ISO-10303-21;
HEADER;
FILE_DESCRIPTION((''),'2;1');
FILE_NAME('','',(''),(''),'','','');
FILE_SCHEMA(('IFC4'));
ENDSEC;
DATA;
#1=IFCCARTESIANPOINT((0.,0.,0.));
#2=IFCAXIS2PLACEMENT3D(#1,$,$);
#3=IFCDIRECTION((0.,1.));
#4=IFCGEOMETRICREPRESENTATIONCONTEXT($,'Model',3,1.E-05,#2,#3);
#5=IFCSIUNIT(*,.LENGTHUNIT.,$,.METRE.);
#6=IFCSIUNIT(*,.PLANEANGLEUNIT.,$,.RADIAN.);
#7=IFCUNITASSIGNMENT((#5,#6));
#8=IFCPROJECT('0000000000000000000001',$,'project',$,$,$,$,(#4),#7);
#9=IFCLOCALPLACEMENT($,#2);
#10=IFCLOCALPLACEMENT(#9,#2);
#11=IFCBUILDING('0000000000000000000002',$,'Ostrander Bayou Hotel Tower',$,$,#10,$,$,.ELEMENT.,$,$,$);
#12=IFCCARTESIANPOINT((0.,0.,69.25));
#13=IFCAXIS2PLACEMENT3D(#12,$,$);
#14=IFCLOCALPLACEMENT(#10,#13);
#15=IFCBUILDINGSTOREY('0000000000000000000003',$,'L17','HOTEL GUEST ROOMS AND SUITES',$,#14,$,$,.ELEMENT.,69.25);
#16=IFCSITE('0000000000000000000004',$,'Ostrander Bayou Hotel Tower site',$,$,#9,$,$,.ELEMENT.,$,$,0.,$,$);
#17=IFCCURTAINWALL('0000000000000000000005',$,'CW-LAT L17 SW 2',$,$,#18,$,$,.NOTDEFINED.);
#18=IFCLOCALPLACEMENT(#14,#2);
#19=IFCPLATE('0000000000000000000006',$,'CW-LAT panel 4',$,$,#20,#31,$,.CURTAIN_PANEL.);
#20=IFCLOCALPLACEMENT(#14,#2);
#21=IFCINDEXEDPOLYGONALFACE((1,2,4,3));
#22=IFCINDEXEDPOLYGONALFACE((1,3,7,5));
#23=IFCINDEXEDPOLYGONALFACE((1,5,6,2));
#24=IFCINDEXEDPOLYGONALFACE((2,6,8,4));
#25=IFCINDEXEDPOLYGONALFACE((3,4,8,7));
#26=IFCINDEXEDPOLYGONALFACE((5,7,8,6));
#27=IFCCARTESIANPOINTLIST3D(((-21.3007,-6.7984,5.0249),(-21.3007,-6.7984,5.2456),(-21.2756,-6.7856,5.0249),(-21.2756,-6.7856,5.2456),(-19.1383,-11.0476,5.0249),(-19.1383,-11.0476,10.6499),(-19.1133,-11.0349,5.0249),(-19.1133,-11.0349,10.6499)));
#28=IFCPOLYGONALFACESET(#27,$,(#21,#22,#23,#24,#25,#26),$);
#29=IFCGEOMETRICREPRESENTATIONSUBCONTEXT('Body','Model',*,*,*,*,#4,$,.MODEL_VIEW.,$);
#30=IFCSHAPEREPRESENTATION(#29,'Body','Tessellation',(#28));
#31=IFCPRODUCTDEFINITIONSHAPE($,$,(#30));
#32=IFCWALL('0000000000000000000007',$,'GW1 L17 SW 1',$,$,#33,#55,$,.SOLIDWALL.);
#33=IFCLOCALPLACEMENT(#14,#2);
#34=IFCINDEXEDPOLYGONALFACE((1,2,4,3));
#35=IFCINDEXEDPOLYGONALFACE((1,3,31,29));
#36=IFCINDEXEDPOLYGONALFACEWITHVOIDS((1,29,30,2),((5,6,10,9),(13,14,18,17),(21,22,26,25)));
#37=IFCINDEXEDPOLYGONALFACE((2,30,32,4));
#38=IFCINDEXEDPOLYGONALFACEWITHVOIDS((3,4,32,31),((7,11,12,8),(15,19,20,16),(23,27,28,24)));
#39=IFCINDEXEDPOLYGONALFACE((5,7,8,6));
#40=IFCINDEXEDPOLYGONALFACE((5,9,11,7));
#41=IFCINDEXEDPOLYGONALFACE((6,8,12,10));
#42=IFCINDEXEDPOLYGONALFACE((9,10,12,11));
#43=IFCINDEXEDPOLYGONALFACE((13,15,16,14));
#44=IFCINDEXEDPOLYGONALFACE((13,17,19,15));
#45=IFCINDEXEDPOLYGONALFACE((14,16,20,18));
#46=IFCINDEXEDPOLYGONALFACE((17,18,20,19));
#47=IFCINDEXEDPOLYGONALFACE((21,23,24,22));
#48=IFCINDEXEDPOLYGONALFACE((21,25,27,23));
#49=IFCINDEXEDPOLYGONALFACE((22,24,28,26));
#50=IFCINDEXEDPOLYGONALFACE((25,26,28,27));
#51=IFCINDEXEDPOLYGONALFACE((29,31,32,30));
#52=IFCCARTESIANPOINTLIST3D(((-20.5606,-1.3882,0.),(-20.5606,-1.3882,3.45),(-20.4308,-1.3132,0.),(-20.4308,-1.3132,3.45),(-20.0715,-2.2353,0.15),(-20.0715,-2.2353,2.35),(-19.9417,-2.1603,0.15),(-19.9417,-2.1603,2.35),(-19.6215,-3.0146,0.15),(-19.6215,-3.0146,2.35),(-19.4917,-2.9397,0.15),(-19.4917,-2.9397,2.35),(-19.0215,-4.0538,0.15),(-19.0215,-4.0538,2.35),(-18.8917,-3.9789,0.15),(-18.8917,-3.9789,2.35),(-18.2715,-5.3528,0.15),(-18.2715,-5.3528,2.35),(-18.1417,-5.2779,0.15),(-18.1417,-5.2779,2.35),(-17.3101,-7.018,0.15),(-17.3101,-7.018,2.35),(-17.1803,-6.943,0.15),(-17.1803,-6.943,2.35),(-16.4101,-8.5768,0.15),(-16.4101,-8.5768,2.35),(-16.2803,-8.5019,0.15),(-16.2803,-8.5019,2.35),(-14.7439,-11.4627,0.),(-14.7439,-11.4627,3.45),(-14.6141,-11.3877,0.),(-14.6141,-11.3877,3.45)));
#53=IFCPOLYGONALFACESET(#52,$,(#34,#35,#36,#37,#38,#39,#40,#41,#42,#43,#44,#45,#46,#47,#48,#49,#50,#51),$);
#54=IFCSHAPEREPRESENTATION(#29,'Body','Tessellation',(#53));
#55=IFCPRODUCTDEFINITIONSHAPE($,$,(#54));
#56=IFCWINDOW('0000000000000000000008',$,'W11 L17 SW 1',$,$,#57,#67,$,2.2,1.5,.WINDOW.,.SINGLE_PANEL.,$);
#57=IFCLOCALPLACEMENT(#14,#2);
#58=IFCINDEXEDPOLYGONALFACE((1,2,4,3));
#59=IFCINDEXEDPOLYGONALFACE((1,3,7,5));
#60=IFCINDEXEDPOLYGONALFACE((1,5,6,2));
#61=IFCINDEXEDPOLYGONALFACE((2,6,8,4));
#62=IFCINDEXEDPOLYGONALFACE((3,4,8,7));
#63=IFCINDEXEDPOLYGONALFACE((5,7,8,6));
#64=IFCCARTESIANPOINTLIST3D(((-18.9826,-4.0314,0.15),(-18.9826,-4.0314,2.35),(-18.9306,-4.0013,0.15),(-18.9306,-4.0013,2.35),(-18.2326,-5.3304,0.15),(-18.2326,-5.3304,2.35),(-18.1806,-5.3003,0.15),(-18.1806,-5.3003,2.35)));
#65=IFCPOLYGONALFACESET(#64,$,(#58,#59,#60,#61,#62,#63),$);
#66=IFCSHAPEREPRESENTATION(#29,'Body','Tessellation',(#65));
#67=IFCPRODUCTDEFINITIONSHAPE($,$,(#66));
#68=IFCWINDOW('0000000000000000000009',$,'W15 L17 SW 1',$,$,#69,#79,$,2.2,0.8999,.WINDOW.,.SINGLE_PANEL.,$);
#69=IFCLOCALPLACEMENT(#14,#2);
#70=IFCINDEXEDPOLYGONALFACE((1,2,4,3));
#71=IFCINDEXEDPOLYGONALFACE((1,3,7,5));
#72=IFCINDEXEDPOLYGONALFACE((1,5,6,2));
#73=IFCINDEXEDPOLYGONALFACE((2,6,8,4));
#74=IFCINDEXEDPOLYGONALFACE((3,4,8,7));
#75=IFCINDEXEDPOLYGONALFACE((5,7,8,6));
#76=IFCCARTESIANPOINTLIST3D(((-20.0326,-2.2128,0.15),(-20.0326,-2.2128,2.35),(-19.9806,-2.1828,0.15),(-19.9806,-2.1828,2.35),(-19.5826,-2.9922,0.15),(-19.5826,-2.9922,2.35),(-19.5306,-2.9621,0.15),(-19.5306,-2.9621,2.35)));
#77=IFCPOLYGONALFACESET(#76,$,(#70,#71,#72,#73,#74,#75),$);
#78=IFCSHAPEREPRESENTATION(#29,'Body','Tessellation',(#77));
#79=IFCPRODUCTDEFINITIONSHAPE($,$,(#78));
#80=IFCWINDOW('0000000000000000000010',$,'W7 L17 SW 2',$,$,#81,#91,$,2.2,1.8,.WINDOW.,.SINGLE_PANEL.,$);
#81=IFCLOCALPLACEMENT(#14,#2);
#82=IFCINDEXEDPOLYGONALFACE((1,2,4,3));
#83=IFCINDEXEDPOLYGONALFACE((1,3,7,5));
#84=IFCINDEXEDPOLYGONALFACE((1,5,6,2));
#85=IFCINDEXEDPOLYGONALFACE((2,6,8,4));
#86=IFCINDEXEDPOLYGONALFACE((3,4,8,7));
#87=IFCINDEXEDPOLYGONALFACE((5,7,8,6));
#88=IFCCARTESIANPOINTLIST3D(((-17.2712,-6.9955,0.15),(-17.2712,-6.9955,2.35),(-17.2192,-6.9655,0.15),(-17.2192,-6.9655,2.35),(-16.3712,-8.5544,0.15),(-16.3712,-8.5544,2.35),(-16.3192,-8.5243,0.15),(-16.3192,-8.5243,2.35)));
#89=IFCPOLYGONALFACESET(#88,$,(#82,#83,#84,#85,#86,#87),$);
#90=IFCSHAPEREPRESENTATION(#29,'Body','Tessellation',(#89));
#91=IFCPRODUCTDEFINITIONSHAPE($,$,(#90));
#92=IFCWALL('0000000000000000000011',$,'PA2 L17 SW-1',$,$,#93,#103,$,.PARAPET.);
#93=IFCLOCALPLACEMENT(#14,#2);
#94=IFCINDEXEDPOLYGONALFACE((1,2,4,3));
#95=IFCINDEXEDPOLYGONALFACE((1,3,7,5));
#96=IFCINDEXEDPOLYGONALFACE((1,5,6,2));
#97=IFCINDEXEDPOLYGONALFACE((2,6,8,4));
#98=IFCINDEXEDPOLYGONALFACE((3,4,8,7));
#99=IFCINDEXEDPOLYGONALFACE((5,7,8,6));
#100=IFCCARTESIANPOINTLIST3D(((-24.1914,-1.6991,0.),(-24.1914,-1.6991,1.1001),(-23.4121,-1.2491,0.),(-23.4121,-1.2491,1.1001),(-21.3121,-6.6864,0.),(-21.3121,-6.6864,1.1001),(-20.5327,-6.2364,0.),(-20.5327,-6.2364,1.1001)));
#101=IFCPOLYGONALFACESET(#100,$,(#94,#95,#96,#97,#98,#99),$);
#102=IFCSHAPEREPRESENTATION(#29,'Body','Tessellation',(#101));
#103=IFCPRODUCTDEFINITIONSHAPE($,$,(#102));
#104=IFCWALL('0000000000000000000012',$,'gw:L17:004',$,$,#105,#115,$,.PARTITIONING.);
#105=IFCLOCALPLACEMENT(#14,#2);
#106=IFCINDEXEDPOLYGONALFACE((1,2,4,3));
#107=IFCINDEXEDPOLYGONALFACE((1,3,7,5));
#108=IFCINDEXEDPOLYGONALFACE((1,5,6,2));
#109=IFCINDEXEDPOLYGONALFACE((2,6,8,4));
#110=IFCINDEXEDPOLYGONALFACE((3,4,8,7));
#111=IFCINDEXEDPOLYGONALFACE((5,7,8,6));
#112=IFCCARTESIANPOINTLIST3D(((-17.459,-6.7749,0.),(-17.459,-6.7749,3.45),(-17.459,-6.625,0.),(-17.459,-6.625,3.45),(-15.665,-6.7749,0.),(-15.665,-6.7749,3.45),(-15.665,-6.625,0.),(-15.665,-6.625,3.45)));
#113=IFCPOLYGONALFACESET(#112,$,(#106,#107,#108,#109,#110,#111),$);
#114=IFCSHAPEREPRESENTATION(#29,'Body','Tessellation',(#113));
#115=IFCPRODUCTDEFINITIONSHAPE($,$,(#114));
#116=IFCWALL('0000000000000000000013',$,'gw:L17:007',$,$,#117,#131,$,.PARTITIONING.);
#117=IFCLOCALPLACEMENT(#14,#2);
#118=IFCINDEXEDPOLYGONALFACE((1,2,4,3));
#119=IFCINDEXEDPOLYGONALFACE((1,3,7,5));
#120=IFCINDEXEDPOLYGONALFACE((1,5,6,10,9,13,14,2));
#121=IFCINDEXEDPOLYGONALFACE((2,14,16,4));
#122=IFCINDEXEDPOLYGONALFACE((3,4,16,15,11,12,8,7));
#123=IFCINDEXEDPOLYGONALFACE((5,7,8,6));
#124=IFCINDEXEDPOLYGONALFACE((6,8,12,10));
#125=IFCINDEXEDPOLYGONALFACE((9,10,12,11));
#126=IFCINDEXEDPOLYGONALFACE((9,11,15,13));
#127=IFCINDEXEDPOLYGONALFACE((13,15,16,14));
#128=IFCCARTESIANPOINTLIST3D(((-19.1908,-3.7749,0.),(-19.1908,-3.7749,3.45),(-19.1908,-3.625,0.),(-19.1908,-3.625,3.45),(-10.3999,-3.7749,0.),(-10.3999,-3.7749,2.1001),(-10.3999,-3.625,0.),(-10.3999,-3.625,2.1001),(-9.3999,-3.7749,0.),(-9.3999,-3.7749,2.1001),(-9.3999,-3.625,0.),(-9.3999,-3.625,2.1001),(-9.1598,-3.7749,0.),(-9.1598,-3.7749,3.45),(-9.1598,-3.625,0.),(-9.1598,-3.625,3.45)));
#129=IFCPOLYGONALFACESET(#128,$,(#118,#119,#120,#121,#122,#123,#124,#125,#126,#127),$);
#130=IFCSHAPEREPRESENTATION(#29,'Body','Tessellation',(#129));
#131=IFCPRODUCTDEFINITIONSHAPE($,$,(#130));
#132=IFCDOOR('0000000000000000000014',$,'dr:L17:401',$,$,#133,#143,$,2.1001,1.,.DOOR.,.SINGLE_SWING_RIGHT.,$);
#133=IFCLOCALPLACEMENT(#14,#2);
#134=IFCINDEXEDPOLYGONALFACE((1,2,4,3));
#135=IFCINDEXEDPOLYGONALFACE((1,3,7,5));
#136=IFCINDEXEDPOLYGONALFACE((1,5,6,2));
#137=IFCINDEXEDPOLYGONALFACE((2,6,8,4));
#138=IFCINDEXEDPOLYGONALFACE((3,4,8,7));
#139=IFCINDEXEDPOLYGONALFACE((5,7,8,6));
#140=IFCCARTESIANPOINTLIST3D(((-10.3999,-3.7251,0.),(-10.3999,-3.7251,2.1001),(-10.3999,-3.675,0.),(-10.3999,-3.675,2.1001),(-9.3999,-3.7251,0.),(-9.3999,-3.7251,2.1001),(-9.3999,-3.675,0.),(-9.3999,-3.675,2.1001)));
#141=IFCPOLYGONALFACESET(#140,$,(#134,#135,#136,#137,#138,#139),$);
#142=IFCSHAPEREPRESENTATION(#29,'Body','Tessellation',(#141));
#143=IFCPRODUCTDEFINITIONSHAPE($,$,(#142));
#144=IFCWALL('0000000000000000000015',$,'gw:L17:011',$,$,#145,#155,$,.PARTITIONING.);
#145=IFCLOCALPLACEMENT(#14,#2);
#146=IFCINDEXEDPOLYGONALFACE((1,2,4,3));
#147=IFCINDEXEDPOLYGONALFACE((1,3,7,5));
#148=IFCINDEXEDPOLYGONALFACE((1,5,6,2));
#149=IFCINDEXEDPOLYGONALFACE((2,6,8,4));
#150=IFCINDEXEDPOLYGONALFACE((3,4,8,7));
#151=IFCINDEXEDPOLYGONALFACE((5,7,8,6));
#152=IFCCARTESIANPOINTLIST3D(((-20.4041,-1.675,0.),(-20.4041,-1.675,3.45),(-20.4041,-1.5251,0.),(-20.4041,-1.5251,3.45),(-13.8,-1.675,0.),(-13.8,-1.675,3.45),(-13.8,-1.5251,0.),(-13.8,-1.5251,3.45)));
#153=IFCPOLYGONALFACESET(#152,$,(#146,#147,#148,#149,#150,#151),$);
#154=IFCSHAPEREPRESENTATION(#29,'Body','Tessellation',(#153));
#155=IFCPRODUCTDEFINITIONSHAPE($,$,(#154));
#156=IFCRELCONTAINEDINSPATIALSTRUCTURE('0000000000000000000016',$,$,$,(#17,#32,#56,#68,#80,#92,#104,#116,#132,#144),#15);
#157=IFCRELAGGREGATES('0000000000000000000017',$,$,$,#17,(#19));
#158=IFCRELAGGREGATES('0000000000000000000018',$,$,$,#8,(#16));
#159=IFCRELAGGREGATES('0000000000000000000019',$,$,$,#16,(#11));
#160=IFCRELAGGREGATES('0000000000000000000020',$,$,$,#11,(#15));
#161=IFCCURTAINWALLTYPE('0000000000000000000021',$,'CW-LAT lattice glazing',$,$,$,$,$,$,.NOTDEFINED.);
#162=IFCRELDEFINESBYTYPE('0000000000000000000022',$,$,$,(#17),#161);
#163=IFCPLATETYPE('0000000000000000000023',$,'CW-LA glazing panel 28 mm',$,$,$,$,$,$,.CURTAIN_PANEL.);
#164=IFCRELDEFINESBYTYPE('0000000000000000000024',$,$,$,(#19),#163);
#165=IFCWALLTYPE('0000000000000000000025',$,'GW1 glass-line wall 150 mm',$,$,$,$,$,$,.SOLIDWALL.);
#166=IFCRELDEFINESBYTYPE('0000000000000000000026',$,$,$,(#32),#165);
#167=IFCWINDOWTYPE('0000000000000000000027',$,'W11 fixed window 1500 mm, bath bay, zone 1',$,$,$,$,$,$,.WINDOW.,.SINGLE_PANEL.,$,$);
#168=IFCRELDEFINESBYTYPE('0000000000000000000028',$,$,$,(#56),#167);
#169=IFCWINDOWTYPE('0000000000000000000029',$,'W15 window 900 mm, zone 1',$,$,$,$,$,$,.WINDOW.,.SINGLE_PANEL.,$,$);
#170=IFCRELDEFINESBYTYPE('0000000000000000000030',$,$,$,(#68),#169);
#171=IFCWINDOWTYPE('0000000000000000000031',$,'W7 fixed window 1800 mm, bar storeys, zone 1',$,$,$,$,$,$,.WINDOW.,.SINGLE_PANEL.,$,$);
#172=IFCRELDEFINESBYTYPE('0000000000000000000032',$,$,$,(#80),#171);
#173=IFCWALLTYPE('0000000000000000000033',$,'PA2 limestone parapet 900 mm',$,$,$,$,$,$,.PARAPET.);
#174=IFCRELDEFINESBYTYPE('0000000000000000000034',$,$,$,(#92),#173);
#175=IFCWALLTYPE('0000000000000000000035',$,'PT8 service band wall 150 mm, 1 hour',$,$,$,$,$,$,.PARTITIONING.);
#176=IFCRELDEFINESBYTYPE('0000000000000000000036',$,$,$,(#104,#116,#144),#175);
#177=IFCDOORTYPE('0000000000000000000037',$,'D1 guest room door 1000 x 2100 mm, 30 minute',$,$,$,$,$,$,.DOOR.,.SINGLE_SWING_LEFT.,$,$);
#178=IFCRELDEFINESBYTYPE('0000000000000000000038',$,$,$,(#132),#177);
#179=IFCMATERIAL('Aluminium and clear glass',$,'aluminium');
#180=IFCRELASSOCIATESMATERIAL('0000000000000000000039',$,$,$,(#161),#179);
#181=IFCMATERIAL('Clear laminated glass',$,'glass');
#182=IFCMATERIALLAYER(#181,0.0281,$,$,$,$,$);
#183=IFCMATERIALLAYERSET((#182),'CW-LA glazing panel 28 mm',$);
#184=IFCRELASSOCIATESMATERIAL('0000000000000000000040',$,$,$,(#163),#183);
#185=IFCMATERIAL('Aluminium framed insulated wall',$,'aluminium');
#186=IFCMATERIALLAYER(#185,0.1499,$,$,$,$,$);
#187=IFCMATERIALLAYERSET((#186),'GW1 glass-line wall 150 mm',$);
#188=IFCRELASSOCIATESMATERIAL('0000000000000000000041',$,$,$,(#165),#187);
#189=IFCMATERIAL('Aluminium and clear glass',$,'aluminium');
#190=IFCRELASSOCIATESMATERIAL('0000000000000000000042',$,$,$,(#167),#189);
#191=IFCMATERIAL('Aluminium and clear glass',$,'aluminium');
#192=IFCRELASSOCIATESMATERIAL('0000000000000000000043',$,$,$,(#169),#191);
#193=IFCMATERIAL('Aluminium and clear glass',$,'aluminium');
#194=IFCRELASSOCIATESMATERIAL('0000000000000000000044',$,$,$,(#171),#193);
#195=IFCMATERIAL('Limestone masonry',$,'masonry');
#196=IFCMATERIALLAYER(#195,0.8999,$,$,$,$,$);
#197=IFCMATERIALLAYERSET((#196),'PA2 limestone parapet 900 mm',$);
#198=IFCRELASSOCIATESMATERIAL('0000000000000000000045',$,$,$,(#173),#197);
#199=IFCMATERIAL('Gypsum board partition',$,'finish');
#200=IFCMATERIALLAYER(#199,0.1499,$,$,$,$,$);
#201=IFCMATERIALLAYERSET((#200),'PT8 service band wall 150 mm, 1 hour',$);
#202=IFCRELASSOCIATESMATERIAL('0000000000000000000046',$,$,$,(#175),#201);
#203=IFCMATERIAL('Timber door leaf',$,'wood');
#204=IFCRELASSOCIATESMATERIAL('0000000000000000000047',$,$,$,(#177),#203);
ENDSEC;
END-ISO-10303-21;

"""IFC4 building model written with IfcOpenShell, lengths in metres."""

from ifc_helpers import new_model, si_unit, direction, frame, frame_2d, origin, place, context, subcontext, project, spatial, polyline, rectangle, outline, extrude, material, layer, layer_set, type_object, element, fill, aggregate, save


model = new_model("IFC4")

# Units and contexts
model_context = context("Model", 3, precision=1e-05, world=origin(), true_north=direction((0.0, 1.0)))
body_context = subcontext(model_context, "Body", "Model", "MODEL_VIEW")
ifc_project = project(units=[si_unit("LENGTHUNIT", "METRE"), si_unit("PLANEANGLEUNIT", "RADIAN")], contexts=[model_context])

# Site, building, storey
site_placement = place(None, origin())
site = spatial("IfcSite", under=ifc_project, at=site_placement, Name="Ostrander Bayou Hotel Tower site", CompositionType="ELEMENT", RefElevation=0.0)
building_placement = place(site_placement, origin())
building = spatial("IfcBuilding", under=site, at=building_placement, Name="Ostrander Bayou Hotel Tower", CompositionType="ELEMENT")
storey_placement = place(building_placement, frame((0.0, 0.0, 69.25)))
storey = spatial("IfcBuildingStorey", under=building, at=storey_placement, Name="L17", Description="HOTEL GUEST ROOMS AND SUITES", CompositionType="ELEMENT", Elevation=69.25)

# Shared definitions
ifc_material_1 = material(Name="Aluminium and clear glass", Category="aluminium")
curtain_wall_type = type_object("IfcCurtainWallType", Name="CW-LAT lattice glazing", PredefinedType="NOTDEFINED", material=ifc_material_1)

# Curtain wall
curtain_wall_1_placement = place(storey_placement, origin())
curtain_wall_1 = element("IfcCurtainWall", 1, at=curtain_wall_1_placement, inside=storey, type_object=curtain_wall_type, Name="CW-LAT L17 SW 2", PredefinedType="NOTDEFINED")

# Shared definitions
ifc_material_2 = material(Name="Clear laminated glass", Category="glass")
ifc_layer_1 = layer(ifc_material_2, 0.0281)
ifc_layer_set_1 = layer_set([ifc_layer_1], Name="CW-LA glazing panel 28 mm")
plate_type = type_object("IfcPlateType", Name="CW-LA glazing panel 28 mm", PredefinedType="CURTAIN_PANEL", material=ifc_layer_set_1)

# Plate
plate_1_placement = place(storey_placement, frame((-21.2756, -6.7856, 5.2456), z_axis=(0.89124, 0.453531, 0.0), x_axis=(0.300042, -0.589616, 0.749885)))
plate_1 = element("IfcPlate", 2, at=plate_1_placement, type_object=plate_type, Name="CW-LAT panel 4", PredefinedType="CURTAIN_PANEL", context=body_context, shape_type="SweptSolid", body=[
    extrude(outline(polyline([(0.0, 0.0), (7.2068, 0.0), (2.9887, 3.7213), (-0.1655, 0.146), (0.0, 0.0)])), origin(), (0.0, 0.0, -1.0), 0.0281),
])
aggregate(curtain_wall_1, [plate_1])

# Wall, openings, windows
ifc_material_3 = material(Name="Aluminium framed insulated wall", Category="aluminium")
ifc_layer_2 = layer(ifc_material_3, 0.1499)
ifc_layer_set_2 = layer_set([ifc_layer_2], Name="GW1 glass-line wall 150 mm")
wall_type_1 = type_object("IfcWallType", Name="GW1 glass-line wall 150 mm", PredefinedType="SOLIDWALL", material=ifc_layer_set_2)
wall_1_placement = place(storey_placement, frame((-20.4956, -1.3508, 0.0), z_axis=(0.0, 0.0, 1.0), x_axis=(0.50001, -0.86602, 0.0)))
wall_1 = element("IfcWall", 3, at=wall_1_placement, inside=storey, type_object=wall_type_1, Name="GW1 L17 SW 1", PredefinedType="SOLIDWALL", context=body_context, shape_type="SweptSolid", body=[
    extrude(rectangle(XDim=11.6331, YDim=0.1499, at=frame_2d((5.8164, 0.0))), origin(), (0.0, 0.0, 1.0), 3.45),
])
opening_1_placement = place(wall_1_placement, frame((0.978, 0.0, 0.1499)))
opening_1 = element("IfcOpeningElement", 4, at=opening_1_placement, cuts=wall_1, PredefinedType="OPENING", context=body_context, shape_type="SweptSolid", body=[
    extrude(rectangle(XDim=0.8999, YDim=2.2, at=frame_2d((0.45, 1.1001))), frame((0.0, 0.075, 0.0), z_axis=(0.0, -1.0, 0.0), x_axis=(1.0, 0.0, 0.0)), (0.0, 0.0, 1.0), 0.1499),
])
opening_2_placement = place(wall_1_placement, frame((3.0779, 0.0, 0.1499)))
opening_2 = element("IfcOpeningElement", 5, at=opening_2_placement, cuts=wall_1, PredefinedType="OPENING", context=body_context, shape_type="SweptSolid", body=[
    extrude(rectangle(XDim=1.5, YDim=2.2, at=frame_2d((0.75, 1.1001))), frame((0.0, 0.075, 0.0), z_axis=(0.0, -1.0, 0.0), x_axis=(1.0, 0.0, 0.0)), (0.0, 0.0, 1.0), 0.1499),
])
opening_3_placement = place(wall_1_placement, frame((6.5007, 0.0, 0.1499)))
opening_3 = element("IfcOpeningElement", 6, at=opening_3_placement, cuts=wall_1, PredefinedType="OPENING", context=body_context, shape_type="SweptSolid", body=[
    extrude(rectangle(XDim=1.8, YDim=2.2, at=frame_2d((0.8999, 1.1001))), frame((0.0, 0.075, 0.0), z_axis=(0.0, -1.0, 0.0), x_axis=(1.0, 0.0, 0.0)), (0.0, 0.0, 1.0), 0.1499),
])
ifc_material_4 = material(Name="Aluminium and clear glass", Category="aluminium")
window_type_1 = type_object("IfcWindowType", Name="W11 fixed window 1500 mm, bath bay, zone 1", PartitioningType="SINGLE_PANEL", PredefinedType="WINDOW", material=ifc_material_4)
window_1_placement = place(opening_2_placement, origin())
window_1 = element("IfcWindow", 7, at=window_1_placement, inside=storey, type_object=window_type_1, Name="W11 L17 SW 1", OverallHeight=2.2, OverallWidth=1.5, PartitioningType="SINGLE_PANEL", PredefinedType="WINDOW", context=body_context, shape_type="SweptSolid", body=[
    extrude(rectangle(XDim=1.5, YDim=2.2, at=frame_2d((0.75, 1.1001))), frame((0.0, 0.03, 0.0), z_axis=(0.0, -1.0, 0.0), x_axis=(1.0, 0.0, 0.0)), (0.0, 0.0, 1.0), 0.0601),
])
fill(opening_2, window_1)
ifc_material_5 = material(Name="Aluminium and clear glass", Category="aluminium")
window_type_2 = type_object("IfcWindowType", Name="W15 window 900 mm, zone 1", PartitioningType="SINGLE_PANEL", PredefinedType="WINDOW", material=ifc_material_5)
window_2_placement = place(opening_1_placement, origin())
window_2 = element("IfcWindow", 8, at=window_2_placement, inside=storey, type_object=window_type_2, Name="W15 L17 SW 1", OverallHeight=2.2, OverallWidth=0.8999, PartitioningType="SINGLE_PANEL", PredefinedType="WINDOW", context=body_context, shape_type="SweptSolid", body=[
    extrude(rectangle(XDim=0.8999, YDim=2.2, at=frame_2d((0.45, 1.1001))), frame((0.0, 0.03, 0.0), z_axis=(0.0, -1.0, 0.0), x_axis=(1.0, 0.0, 0.0)), (0.0, 0.0, 1.0), 0.0601),
])
fill(opening_1, window_2)
ifc_material_6 = material(Name="Aluminium and clear glass", Category="aluminium")
window_type_3 = type_object("IfcWindowType", Name="W7 fixed window 1800 mm, bar storeys, zone 1", PartitioningType="SINGLE_PANEL", PredefinedType="WINDOW", material=ifc_material_6)
window_3_placement = place(opening_3_placement, origin())
window_3 = element("IfcWindow", 9, at=window_3_placement, inside=storey, type_object=window_type_3, Name="W7 L17 SW 2", OverallHeight=2.2, OverallWidth=1.8, PartitioningType="SINGLE_PANEL", PredefinedType="WINDOW", context=body_context, shape_type="SweptSolid", body=[
    extrude(rectangle(XDim=1.8, YDim=2.2, at=frame_2d((0.8999, 1.1001))), frame((0.0, 0.03, 0.0), z_axis=(0.0, -1.0, 0.0), x_axis=(1.0, 0.0, 0.0)), (0.0, 0.0, 1.0), 0.0601),
])
fill(opening_3, window_3)

# Walls
ifc_material_7 = material(Name="Limestone masonry", Category="masonry")
ifc_layer_3 = layer(ifc_material_7, 0.8999)
ifc_layer_set_3 = layer_set([ifc_layer_3], Name="PA2 limestone parapet 900 mm")
wall_type_2 = type_object("IfcWallType", Name="PA2 limestone parapet 900 mm", PredefinedType="PARAPET", material=ifc_layer_set_3)
wall_2_placement = place(storey_placement, frame((-23.8018, -1.4741, 0.0), z_axis=(0.0, 0.0, 1.0), x_axis=(0.499996, -0.866027, 0.0)))
element("IfcWall", 10, at=wall_2_placement, inside=storey, type_object=wall_type_2, Name="PA2 L17 SW-1", PredefinedType="PARAPET", context=body_context, shape_type="SweptSolid", body=[
    extrude(rectangle(XDim=5.7588, YDim=0.8999, at=frame_2d((2.8794, 0.0))), origin(), (0.0, 0.0, 1.0), 1.1001),
])
ifc_material_8 = material(Name="Gypsum board partition", Category="finish")
ifc_layer_4 = layer(ifc_material_8, 0.1499)
ifc_layer_set_4 = layer_set([ifc_layer_4], Name="PT8 service band wall 150 mm, 1 hour")
wall_type_3 = type_object("IfcWallType", Name="PT8 service band wall 150 mm, 1 hour", PredefinedType="PARTITIONING", material=ifc_layer_set_4)
wall_3_placement = place(storey_placement, frame((-17.459, -6.7, 0.0), z_axis=(0.0, 0.0, 1.0), x_axis=(1.0, 0.0, 0.0)))
element("IfcWall", 11, at=wall_3_placement, inside=storey, type_object=wall_type_3, Name="gw:L17:004", PredefinedType="PARTITIONING", context=body_context, shape_type="SweptSolid", body=[
    extrude(rectangle(XDim=1.7939, YDim=0.1499, at=frame_2d((0.897, 0.0))), origin(), (0.0, 0.0, 1.0), 3.45),
])

# Wall, opening, door
wall_4_placement = place(storey_placement, frame((-19.1909, -3.7, 0.0), z_axis=(0.0, 0.0, 1.0), x_axis=(1.0, 0.0, 0.0)))
wall_4 = element("IfcWall", 12, at=wall_4_placement, inside=storey, type_object=wall_type_3, Name="gw:L17:007", PredefinedType="PARTITIONING", context=body_context, shape_type="SweptSolid", body=[
    extrude(rectangle(XDim=10.031, YDim=0.1499, at=frame_2d((5.0156, 0.0))), origin(), (0.0, 0.0, 1.0), 3.45),
])
opening_4_placement = place(wall_4_placement, frame((8.791, 0.0, 0.0)))
opening_4 = element("IfcOpeningElement", 13, at=opening_4_placement, cuts=wall_4, PredefinedType="OPENING", context=body_context, shape_type="SweptSolid", body=[
    extrude(rectangle(XDim=1.0, YDim=2.1001, at=frame_2d((0.5, 1.05))), frame((0.0, 0.075, 0.0), z_axis=(0.0, -1.0, 0.0), x_axis=(1.0, 0.0, 0.0)), (0.0, 0.0, 1.0), 0.1499),
])
ifc_material_9 = material(Name="Timber door leaf", Category="wood")
door_type_1 = type_object("IfcDoorType", Name="D1 guest room door 1000 x 2100 mm, 30 minute", OperationType="SINGLE_SWING_LEFT", PredefinedType="DOOR", material=ifc_material_9)
door_1_placement = place(opening_4_placement, origin())
door_1 = element("IfcDoor", 14, at=door_1_placement, inside=storey, type_object=door_type_1, Name="dr:L17:401", OperationType="SINGLE_SWING_RIGHT", OverallHeight=2.1001, OverallWidth=1.0, PredefinedType="DOOR", context=body_context, shape_type="SweptSolid", body=[
    extrude(rectangle(XDim=1.0, YDim=2.1001, at=frame_2d((0.5, 1.05))), frame((0.0, 0.0249, 0.0), z_axis=(0.0, -1.0, 0.0), x_axis=(1.0, 0.0, 0.0)), (0.0, 0.0, 1.0), 0.05),
])
fill(opening_4, door_1)

# Wall
wall_5_placement = place(storey_placement, frame((-20.4041, -1.6001, 0.0), z_axis=(0.0, 0.0, 1.0), x_axis=(1.0, 0.0, 0.0)))
element("IfcWall", 15, at=wall_5_placement, inside=storey, type_object=wall_type_3, Name="gw:L17:011", PredefinedType="PARTITIONING", context=body_context, shape_type="SweptSolid", body=[
    extrude(rectangle(XDim=6.604, YDim=0.1499, at=frame_2d((3.302, 0.0))), origin(), (0.0, 0.0, 1.0), 3.45),
])

save(model, "model.ifc")
